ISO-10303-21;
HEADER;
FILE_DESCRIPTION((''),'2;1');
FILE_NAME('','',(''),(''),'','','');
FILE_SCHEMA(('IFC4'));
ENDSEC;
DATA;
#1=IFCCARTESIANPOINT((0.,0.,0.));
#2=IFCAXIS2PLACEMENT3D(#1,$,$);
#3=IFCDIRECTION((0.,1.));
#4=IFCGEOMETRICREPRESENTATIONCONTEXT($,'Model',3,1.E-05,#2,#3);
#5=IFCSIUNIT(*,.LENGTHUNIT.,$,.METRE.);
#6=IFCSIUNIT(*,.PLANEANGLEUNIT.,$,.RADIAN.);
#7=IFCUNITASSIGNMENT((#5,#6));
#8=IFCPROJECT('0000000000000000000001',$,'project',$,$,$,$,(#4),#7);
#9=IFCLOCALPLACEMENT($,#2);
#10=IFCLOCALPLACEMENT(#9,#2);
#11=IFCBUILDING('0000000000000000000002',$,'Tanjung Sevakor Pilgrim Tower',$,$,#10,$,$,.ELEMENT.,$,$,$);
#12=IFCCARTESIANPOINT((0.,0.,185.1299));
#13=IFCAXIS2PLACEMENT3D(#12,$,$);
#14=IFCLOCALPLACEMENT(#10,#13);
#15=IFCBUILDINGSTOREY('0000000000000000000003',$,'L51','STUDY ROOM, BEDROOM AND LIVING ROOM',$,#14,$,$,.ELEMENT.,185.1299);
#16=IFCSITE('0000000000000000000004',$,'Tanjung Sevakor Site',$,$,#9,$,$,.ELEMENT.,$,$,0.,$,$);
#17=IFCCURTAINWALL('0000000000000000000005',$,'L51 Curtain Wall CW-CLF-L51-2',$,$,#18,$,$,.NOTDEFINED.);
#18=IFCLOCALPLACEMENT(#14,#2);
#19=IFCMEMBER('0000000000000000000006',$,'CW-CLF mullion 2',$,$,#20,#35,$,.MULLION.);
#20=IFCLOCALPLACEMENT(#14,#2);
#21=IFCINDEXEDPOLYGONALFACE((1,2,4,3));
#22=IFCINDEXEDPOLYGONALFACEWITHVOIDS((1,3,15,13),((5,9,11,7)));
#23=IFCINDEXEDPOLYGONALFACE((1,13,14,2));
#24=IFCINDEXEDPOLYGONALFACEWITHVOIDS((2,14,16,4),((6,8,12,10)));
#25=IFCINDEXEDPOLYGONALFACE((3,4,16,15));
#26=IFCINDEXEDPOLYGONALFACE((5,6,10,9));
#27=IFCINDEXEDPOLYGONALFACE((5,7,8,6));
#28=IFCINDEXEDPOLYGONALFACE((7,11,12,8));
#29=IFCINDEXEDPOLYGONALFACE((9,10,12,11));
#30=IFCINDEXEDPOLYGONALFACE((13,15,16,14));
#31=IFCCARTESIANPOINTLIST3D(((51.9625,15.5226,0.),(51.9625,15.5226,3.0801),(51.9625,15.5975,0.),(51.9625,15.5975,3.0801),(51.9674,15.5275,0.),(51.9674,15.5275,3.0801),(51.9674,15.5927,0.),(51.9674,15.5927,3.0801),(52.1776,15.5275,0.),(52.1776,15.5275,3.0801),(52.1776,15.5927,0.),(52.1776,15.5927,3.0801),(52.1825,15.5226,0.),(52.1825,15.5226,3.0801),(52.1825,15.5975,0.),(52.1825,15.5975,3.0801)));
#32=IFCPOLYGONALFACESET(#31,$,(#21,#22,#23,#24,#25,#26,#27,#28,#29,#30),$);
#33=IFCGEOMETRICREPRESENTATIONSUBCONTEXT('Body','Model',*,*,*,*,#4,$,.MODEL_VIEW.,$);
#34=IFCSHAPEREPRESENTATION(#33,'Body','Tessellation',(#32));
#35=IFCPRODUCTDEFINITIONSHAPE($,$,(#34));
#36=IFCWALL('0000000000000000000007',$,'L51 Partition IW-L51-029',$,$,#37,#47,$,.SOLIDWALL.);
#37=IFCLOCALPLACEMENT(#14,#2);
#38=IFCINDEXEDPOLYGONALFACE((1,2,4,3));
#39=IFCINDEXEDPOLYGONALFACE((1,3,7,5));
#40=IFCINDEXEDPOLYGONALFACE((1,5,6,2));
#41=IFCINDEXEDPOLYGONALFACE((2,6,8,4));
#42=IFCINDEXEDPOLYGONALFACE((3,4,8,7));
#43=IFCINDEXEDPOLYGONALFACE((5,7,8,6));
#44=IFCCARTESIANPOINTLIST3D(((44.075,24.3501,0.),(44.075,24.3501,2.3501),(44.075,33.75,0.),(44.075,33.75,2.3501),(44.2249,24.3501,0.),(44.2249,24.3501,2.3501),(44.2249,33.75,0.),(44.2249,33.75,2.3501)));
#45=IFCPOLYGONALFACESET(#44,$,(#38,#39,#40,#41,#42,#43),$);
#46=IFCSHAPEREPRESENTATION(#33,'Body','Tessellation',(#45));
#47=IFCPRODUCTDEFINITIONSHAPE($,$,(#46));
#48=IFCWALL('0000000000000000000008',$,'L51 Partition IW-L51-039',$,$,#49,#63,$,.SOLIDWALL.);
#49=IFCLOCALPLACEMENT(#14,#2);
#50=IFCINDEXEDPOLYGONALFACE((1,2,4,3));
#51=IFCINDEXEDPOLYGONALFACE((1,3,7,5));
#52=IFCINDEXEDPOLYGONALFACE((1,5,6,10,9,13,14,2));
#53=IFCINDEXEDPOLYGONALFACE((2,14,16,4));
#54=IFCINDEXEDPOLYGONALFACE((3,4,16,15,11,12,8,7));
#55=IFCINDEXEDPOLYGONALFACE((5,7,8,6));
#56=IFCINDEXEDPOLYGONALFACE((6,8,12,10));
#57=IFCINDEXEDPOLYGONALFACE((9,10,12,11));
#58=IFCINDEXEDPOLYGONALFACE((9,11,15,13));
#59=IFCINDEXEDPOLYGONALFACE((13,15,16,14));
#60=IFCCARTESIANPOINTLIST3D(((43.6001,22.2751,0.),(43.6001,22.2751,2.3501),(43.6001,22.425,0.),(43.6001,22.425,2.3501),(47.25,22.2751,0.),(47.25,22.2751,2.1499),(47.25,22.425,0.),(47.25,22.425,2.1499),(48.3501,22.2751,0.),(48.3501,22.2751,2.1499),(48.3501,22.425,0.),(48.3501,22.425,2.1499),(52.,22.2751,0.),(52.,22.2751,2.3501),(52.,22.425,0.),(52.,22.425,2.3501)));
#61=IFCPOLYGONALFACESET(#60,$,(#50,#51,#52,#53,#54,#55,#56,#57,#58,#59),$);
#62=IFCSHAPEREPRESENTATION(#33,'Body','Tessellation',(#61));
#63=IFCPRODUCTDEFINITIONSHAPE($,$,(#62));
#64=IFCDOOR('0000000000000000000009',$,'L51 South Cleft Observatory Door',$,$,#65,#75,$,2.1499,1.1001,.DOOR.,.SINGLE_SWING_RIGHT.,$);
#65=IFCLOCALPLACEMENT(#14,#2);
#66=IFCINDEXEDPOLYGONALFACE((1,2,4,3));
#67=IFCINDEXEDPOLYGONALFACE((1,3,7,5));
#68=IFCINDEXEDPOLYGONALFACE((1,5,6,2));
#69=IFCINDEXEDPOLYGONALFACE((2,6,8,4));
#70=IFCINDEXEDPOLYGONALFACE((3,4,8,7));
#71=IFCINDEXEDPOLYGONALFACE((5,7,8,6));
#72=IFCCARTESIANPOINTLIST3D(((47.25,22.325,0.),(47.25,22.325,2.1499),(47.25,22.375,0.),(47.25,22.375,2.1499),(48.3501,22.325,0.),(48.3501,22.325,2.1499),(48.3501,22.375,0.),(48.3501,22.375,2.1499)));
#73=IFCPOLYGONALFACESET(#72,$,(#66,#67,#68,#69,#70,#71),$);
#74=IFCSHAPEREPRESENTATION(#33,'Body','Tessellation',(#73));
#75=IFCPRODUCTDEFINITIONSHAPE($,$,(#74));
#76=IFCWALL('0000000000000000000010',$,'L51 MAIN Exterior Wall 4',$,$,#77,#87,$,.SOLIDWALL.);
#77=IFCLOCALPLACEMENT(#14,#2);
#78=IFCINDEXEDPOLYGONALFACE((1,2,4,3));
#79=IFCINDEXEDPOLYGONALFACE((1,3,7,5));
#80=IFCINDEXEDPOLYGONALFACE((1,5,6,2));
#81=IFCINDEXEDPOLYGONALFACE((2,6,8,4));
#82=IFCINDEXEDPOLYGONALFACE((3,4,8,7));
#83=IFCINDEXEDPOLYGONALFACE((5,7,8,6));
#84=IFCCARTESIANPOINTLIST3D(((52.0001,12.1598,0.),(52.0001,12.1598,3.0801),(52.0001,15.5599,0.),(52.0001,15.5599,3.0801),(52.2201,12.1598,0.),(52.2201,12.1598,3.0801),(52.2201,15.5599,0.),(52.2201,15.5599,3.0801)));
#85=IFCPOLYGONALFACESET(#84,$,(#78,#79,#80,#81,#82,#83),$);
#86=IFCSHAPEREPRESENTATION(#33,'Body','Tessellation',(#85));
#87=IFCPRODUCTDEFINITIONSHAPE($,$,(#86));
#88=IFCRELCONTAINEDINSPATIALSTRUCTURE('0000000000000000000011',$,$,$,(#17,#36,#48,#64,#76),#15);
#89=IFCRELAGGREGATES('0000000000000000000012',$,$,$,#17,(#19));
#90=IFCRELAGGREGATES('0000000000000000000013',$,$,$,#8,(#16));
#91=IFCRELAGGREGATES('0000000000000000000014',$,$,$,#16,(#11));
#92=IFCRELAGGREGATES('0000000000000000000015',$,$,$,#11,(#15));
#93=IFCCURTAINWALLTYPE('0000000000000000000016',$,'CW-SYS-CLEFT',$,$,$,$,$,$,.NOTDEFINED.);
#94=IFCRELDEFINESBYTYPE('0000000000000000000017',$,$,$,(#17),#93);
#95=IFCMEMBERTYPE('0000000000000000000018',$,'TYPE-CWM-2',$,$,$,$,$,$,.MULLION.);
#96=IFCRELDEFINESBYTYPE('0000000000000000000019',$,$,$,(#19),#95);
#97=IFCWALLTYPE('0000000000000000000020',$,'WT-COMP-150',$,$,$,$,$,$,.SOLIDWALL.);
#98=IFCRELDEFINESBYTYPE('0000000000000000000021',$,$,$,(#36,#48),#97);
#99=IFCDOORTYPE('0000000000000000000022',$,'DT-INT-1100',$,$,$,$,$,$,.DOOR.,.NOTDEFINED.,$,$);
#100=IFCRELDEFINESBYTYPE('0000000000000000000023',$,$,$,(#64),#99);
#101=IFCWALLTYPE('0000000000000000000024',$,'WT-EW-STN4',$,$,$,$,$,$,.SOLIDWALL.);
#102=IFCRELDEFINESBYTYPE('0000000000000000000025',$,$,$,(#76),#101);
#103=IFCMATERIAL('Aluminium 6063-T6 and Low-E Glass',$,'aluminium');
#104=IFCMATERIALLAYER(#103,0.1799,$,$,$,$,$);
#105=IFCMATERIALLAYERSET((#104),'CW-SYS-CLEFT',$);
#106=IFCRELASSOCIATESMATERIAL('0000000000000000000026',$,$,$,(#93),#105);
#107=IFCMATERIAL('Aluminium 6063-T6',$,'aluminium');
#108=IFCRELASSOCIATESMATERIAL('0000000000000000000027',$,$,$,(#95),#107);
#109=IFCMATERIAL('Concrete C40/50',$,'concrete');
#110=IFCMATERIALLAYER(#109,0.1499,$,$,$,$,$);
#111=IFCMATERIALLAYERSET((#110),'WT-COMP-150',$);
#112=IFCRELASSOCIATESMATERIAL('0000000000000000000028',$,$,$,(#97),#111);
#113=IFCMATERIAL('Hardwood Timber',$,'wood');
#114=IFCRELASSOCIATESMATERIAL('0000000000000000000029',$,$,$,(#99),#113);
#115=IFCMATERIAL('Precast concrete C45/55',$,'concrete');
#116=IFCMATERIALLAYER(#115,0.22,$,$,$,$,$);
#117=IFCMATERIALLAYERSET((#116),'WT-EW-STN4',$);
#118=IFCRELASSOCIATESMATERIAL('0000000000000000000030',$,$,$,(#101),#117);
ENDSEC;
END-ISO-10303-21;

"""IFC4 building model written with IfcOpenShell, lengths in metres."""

from ifc_helpers import new_model, si_unit, direction, frame, frame_2d, origin, origin_2d, place, context, subcontext, project, spatial, rectangle, hollow_rectangle, extrude, material, layer, layer_set, material_profile, profile_set, type_object, element, fill, aggregate, save


model = new_model("IFC4")

# Units and contexts
model_context = context("Model", 3, precision=1e-05, world=origin(), true_north=direction((0.0, 1.0)))
body_context = subcontext(model_context, "Body", "Model", "MODEL_VIEW")
ifc_project = project(units=[si_unit("LENGTHUNIT", "METRE"), si_unit("PLANEANGLEUNIT", "RADIAN")], contexts=[model_context])

# Site, building, storey
site_placement = place(None, origin())
site = spatial("IfcSite", under=ifc_project, at=site_placement, Name="Tanjung Sevakor Site", CompositionType="ELEMENT", RefElevation=0.0)
building_placement = place(site_placement, origin())
building = spatial("IfcBuilding", under=site, at=building_placement, Name="Tanjung Sevakor Pilgrim Tower", CompositionType="ELEMENT")
storey_placement = place(building_placement, frame((0.0, 0.0, 185.1299)))
storey = spatial("IfcBuildingStorey", under=building, at=storey_placement, Name="L51", Description="STUDY ROOM, BEDROOM AND LIVING ROOM", CompositionType="ELEMENT", Elevation=185.1299)

# Curtain wall, member
ifc_material_1 = material(Name="Aluminium 6063-T6 and Low-E Glass", Category="aluminium")
ifc_layer_1 = layer(ifc_material_1, 0.1799)
ifc_layer_set_1 = layer_set([ifc_layer_1], Name="CW-SYS-CLEFT")
curtain_wall_type = type_object("IfcCurtainWallType", Name="CW-SYS-CLEFT", PredefinedType="NOTDEFINED", material=ifc_layer_set_1)
curtain_wall_placement = place(storey_placement, origin())
curtain_wall = element("IfcCurtainWall", 1, at=curtain_wall_placement, inside=storey, type_object=curtain_wall_type, Name="L51 Curtain Wall CW-CLF-L51-2", PredefinedType="NOTDEFINED")
ifc_material_2 = material(Name="Aluminium 6063-T6", Category="aluminium")
ifc_material_profile_1 = material_profile(ifc_material_2, hollow_rectangle(XDim=0.075, YDim=0.22, WallThickness=0.0049, at=origin_2d()))
ifc_profile_set_1 = profile_set([ifc_material_profile_1], Name="Aluminium 6063-T6")
member_type = type_object("IfcMemberType", Name="TYPE-CWM-2", PredefinedType="MULLION", material=ifc_profile_set_1)
member_placement = place(storey_placement, frame((52.0725, 15.5601, 0.0), z_axis=(0.0, 0.0, 1.0), x_axis=(0.0, 1.0, 0.0)))
member = element("IfcMember", 2, at=member_placement, type_object=member_type, Name="CW-CLF mullion 2", PredefinedType="MULLION", context=body_context, shape_type="SweptSolid", body=[
    extrude(hollow_rectangle(XDim=0.075, YDim=0.22, WallThickness=0.0049, at=origin_2d()), origin(), (0.0, 0.0, 1.0), 3.0801),
])
aggregate(curtain_wall, [member])

# Wall
ifc_material_3 = material(Name="Concrete C40/50", Category="concrete")
ifc_layer_2 = layer(ifc_material_3, 0.1499)
ifc_layer_set_2 = layer_set([ifc_layer_2], Name="WT-COMP-150")
wall_type_1 = type_object("IfcWallType", Name="WT-COMP-150", PredefinedType="SOLIDWALL", material=ifc_layer_set_2)
wall_1_placement = place(storey_placement, frame((44.1499, 24.3501, 0.0), z_axis=(0.0, 0.0, 1.0), x_axis=(0.0, 1.0, 0.0)))
element("IfcWall", 3, at=wall_1_placement, inside=storey, type_object=wall_type_1, Name="L51 Partition IW-L51-029", PredefinedType="SOLIDWALL", context=body_context, shape_type="SweptSolid", body=[
    extrude(rectangle(XDim=9.3999, YDim=0.1499, at=frame_2d((4.7, 0.0))), origin(), (0.0, 0.0, 1.0), 2.3501),
])

# Wall, opening, door
wall_2_placement = place(storey_placement, frame((43.6001, 22.3501, 0.0), z_axis=(0.0, 0.0, 1.0), x_axis=(1.0, 0.0, 0.0)))
wall_2 = element("IfcWall", 4, at=wall_2_placement, inside=storey, type_object=wall_type_1, Name="L51 Partition IW-L51-039", PredefinedType="SOLIDWALL", context=body_context, shape_type="SweptSolid", body=[
    extrude(rectangle(XDim=8.3999, YDim=0.1499, at=frame_2d((4.2, 0.0))), origin(), (0.0, 0.0, 1.0), 2.3501),
])
opening_1_placement = place(wall_2_placement, frame((3.6499, 0.0, 0.0)))
opening_1 = element("IfcOpeningElement", 5, at=opening_1_placement, cuts=wall_2, PredefinedType="OPENING", context=body_context, shape_type="SweptSolid", body=[
    extrude(rectangle(XDim=1.1001, YDim=2.1499, at=frame_2d((0.55, 1.075))), frame((0.0, 0.085, 0.0), z_axis=(0.0, -1.0, 0.0), x_axis=(1.0, 0.0, 0.0)), (0.0, 0.0, 1.0), 0.1699),
])
ifc_material_4 = material(Name="Hardwood Timber", Category="wood")
door_type_1 = type_object("IfcDoorType", Name="DT-INT-1100", OperationType="NOTDEFINED", PredefinedType="DOOR", material=ifc_material_4)
door_1_placement = place(opening_1_placement, origin())
door_1 = element("IfcDoor", 6, at=door_1_placement, inside=storey, type_object=door_type_1, Name="L51 South Cleft Observatory Door", OperationType="SINGLE_SWING_RIGHT", OverallHeight=2.1499, OverallWidth=1.1001, PredefinedType="DOOR", context=body_context, shape_type="SweptSolid", body=[
    extrude(rectangle(XDim=1.1001, YDim=2.1499, at=frame_2d((0.55, 1.075))), frame((0.0, 0.0249, 0.0), z_axis=(0.0, -1.0, 0.0), x_axis=(1.0, 0.0, 0.0)), (0.0, 0.0, 1.0), 0.05),
])
fill(opening_1, door_1)

# Wall
ifc_material_5 = material(Name="Precast concrete C45/55", Category="concrete")
ifc_layer_3 = layer(ifc_material_5, 0.22)
ifc_layer_set_3 = layer_set([ifc_layer_3], Name="WT-EW-STN4")
wall_type_2 = type_object("IfcWallType", Name="WT-EW-STN4", PredefinedType="SOLIDWALL", material=ifc_layer_set_3)
wall_3_placement = place(storey_placement, frame((52.1101, 15.5601, 0.0), z_axis=(0.0, 0.0, 1.0), x_axis=(0.0, -1.0, 0.0)))
element("IfcWall", 7, at=wall_3_placement, inside=storey, type_object=wall_type_2, Name="L51 MAIN Exterior Wall 4", PredefinedType="SOLIDWALL", context=body_context, shape_type="SweptSolid", body=[
    extrude(rectangle(XDim=3.4001, YDim=0.22, at=frame_2d((1.7002, 0.0))), origin(), (0.0, 0.0, 1.0), 3.0801),
])

save(model, "model.ifc")
